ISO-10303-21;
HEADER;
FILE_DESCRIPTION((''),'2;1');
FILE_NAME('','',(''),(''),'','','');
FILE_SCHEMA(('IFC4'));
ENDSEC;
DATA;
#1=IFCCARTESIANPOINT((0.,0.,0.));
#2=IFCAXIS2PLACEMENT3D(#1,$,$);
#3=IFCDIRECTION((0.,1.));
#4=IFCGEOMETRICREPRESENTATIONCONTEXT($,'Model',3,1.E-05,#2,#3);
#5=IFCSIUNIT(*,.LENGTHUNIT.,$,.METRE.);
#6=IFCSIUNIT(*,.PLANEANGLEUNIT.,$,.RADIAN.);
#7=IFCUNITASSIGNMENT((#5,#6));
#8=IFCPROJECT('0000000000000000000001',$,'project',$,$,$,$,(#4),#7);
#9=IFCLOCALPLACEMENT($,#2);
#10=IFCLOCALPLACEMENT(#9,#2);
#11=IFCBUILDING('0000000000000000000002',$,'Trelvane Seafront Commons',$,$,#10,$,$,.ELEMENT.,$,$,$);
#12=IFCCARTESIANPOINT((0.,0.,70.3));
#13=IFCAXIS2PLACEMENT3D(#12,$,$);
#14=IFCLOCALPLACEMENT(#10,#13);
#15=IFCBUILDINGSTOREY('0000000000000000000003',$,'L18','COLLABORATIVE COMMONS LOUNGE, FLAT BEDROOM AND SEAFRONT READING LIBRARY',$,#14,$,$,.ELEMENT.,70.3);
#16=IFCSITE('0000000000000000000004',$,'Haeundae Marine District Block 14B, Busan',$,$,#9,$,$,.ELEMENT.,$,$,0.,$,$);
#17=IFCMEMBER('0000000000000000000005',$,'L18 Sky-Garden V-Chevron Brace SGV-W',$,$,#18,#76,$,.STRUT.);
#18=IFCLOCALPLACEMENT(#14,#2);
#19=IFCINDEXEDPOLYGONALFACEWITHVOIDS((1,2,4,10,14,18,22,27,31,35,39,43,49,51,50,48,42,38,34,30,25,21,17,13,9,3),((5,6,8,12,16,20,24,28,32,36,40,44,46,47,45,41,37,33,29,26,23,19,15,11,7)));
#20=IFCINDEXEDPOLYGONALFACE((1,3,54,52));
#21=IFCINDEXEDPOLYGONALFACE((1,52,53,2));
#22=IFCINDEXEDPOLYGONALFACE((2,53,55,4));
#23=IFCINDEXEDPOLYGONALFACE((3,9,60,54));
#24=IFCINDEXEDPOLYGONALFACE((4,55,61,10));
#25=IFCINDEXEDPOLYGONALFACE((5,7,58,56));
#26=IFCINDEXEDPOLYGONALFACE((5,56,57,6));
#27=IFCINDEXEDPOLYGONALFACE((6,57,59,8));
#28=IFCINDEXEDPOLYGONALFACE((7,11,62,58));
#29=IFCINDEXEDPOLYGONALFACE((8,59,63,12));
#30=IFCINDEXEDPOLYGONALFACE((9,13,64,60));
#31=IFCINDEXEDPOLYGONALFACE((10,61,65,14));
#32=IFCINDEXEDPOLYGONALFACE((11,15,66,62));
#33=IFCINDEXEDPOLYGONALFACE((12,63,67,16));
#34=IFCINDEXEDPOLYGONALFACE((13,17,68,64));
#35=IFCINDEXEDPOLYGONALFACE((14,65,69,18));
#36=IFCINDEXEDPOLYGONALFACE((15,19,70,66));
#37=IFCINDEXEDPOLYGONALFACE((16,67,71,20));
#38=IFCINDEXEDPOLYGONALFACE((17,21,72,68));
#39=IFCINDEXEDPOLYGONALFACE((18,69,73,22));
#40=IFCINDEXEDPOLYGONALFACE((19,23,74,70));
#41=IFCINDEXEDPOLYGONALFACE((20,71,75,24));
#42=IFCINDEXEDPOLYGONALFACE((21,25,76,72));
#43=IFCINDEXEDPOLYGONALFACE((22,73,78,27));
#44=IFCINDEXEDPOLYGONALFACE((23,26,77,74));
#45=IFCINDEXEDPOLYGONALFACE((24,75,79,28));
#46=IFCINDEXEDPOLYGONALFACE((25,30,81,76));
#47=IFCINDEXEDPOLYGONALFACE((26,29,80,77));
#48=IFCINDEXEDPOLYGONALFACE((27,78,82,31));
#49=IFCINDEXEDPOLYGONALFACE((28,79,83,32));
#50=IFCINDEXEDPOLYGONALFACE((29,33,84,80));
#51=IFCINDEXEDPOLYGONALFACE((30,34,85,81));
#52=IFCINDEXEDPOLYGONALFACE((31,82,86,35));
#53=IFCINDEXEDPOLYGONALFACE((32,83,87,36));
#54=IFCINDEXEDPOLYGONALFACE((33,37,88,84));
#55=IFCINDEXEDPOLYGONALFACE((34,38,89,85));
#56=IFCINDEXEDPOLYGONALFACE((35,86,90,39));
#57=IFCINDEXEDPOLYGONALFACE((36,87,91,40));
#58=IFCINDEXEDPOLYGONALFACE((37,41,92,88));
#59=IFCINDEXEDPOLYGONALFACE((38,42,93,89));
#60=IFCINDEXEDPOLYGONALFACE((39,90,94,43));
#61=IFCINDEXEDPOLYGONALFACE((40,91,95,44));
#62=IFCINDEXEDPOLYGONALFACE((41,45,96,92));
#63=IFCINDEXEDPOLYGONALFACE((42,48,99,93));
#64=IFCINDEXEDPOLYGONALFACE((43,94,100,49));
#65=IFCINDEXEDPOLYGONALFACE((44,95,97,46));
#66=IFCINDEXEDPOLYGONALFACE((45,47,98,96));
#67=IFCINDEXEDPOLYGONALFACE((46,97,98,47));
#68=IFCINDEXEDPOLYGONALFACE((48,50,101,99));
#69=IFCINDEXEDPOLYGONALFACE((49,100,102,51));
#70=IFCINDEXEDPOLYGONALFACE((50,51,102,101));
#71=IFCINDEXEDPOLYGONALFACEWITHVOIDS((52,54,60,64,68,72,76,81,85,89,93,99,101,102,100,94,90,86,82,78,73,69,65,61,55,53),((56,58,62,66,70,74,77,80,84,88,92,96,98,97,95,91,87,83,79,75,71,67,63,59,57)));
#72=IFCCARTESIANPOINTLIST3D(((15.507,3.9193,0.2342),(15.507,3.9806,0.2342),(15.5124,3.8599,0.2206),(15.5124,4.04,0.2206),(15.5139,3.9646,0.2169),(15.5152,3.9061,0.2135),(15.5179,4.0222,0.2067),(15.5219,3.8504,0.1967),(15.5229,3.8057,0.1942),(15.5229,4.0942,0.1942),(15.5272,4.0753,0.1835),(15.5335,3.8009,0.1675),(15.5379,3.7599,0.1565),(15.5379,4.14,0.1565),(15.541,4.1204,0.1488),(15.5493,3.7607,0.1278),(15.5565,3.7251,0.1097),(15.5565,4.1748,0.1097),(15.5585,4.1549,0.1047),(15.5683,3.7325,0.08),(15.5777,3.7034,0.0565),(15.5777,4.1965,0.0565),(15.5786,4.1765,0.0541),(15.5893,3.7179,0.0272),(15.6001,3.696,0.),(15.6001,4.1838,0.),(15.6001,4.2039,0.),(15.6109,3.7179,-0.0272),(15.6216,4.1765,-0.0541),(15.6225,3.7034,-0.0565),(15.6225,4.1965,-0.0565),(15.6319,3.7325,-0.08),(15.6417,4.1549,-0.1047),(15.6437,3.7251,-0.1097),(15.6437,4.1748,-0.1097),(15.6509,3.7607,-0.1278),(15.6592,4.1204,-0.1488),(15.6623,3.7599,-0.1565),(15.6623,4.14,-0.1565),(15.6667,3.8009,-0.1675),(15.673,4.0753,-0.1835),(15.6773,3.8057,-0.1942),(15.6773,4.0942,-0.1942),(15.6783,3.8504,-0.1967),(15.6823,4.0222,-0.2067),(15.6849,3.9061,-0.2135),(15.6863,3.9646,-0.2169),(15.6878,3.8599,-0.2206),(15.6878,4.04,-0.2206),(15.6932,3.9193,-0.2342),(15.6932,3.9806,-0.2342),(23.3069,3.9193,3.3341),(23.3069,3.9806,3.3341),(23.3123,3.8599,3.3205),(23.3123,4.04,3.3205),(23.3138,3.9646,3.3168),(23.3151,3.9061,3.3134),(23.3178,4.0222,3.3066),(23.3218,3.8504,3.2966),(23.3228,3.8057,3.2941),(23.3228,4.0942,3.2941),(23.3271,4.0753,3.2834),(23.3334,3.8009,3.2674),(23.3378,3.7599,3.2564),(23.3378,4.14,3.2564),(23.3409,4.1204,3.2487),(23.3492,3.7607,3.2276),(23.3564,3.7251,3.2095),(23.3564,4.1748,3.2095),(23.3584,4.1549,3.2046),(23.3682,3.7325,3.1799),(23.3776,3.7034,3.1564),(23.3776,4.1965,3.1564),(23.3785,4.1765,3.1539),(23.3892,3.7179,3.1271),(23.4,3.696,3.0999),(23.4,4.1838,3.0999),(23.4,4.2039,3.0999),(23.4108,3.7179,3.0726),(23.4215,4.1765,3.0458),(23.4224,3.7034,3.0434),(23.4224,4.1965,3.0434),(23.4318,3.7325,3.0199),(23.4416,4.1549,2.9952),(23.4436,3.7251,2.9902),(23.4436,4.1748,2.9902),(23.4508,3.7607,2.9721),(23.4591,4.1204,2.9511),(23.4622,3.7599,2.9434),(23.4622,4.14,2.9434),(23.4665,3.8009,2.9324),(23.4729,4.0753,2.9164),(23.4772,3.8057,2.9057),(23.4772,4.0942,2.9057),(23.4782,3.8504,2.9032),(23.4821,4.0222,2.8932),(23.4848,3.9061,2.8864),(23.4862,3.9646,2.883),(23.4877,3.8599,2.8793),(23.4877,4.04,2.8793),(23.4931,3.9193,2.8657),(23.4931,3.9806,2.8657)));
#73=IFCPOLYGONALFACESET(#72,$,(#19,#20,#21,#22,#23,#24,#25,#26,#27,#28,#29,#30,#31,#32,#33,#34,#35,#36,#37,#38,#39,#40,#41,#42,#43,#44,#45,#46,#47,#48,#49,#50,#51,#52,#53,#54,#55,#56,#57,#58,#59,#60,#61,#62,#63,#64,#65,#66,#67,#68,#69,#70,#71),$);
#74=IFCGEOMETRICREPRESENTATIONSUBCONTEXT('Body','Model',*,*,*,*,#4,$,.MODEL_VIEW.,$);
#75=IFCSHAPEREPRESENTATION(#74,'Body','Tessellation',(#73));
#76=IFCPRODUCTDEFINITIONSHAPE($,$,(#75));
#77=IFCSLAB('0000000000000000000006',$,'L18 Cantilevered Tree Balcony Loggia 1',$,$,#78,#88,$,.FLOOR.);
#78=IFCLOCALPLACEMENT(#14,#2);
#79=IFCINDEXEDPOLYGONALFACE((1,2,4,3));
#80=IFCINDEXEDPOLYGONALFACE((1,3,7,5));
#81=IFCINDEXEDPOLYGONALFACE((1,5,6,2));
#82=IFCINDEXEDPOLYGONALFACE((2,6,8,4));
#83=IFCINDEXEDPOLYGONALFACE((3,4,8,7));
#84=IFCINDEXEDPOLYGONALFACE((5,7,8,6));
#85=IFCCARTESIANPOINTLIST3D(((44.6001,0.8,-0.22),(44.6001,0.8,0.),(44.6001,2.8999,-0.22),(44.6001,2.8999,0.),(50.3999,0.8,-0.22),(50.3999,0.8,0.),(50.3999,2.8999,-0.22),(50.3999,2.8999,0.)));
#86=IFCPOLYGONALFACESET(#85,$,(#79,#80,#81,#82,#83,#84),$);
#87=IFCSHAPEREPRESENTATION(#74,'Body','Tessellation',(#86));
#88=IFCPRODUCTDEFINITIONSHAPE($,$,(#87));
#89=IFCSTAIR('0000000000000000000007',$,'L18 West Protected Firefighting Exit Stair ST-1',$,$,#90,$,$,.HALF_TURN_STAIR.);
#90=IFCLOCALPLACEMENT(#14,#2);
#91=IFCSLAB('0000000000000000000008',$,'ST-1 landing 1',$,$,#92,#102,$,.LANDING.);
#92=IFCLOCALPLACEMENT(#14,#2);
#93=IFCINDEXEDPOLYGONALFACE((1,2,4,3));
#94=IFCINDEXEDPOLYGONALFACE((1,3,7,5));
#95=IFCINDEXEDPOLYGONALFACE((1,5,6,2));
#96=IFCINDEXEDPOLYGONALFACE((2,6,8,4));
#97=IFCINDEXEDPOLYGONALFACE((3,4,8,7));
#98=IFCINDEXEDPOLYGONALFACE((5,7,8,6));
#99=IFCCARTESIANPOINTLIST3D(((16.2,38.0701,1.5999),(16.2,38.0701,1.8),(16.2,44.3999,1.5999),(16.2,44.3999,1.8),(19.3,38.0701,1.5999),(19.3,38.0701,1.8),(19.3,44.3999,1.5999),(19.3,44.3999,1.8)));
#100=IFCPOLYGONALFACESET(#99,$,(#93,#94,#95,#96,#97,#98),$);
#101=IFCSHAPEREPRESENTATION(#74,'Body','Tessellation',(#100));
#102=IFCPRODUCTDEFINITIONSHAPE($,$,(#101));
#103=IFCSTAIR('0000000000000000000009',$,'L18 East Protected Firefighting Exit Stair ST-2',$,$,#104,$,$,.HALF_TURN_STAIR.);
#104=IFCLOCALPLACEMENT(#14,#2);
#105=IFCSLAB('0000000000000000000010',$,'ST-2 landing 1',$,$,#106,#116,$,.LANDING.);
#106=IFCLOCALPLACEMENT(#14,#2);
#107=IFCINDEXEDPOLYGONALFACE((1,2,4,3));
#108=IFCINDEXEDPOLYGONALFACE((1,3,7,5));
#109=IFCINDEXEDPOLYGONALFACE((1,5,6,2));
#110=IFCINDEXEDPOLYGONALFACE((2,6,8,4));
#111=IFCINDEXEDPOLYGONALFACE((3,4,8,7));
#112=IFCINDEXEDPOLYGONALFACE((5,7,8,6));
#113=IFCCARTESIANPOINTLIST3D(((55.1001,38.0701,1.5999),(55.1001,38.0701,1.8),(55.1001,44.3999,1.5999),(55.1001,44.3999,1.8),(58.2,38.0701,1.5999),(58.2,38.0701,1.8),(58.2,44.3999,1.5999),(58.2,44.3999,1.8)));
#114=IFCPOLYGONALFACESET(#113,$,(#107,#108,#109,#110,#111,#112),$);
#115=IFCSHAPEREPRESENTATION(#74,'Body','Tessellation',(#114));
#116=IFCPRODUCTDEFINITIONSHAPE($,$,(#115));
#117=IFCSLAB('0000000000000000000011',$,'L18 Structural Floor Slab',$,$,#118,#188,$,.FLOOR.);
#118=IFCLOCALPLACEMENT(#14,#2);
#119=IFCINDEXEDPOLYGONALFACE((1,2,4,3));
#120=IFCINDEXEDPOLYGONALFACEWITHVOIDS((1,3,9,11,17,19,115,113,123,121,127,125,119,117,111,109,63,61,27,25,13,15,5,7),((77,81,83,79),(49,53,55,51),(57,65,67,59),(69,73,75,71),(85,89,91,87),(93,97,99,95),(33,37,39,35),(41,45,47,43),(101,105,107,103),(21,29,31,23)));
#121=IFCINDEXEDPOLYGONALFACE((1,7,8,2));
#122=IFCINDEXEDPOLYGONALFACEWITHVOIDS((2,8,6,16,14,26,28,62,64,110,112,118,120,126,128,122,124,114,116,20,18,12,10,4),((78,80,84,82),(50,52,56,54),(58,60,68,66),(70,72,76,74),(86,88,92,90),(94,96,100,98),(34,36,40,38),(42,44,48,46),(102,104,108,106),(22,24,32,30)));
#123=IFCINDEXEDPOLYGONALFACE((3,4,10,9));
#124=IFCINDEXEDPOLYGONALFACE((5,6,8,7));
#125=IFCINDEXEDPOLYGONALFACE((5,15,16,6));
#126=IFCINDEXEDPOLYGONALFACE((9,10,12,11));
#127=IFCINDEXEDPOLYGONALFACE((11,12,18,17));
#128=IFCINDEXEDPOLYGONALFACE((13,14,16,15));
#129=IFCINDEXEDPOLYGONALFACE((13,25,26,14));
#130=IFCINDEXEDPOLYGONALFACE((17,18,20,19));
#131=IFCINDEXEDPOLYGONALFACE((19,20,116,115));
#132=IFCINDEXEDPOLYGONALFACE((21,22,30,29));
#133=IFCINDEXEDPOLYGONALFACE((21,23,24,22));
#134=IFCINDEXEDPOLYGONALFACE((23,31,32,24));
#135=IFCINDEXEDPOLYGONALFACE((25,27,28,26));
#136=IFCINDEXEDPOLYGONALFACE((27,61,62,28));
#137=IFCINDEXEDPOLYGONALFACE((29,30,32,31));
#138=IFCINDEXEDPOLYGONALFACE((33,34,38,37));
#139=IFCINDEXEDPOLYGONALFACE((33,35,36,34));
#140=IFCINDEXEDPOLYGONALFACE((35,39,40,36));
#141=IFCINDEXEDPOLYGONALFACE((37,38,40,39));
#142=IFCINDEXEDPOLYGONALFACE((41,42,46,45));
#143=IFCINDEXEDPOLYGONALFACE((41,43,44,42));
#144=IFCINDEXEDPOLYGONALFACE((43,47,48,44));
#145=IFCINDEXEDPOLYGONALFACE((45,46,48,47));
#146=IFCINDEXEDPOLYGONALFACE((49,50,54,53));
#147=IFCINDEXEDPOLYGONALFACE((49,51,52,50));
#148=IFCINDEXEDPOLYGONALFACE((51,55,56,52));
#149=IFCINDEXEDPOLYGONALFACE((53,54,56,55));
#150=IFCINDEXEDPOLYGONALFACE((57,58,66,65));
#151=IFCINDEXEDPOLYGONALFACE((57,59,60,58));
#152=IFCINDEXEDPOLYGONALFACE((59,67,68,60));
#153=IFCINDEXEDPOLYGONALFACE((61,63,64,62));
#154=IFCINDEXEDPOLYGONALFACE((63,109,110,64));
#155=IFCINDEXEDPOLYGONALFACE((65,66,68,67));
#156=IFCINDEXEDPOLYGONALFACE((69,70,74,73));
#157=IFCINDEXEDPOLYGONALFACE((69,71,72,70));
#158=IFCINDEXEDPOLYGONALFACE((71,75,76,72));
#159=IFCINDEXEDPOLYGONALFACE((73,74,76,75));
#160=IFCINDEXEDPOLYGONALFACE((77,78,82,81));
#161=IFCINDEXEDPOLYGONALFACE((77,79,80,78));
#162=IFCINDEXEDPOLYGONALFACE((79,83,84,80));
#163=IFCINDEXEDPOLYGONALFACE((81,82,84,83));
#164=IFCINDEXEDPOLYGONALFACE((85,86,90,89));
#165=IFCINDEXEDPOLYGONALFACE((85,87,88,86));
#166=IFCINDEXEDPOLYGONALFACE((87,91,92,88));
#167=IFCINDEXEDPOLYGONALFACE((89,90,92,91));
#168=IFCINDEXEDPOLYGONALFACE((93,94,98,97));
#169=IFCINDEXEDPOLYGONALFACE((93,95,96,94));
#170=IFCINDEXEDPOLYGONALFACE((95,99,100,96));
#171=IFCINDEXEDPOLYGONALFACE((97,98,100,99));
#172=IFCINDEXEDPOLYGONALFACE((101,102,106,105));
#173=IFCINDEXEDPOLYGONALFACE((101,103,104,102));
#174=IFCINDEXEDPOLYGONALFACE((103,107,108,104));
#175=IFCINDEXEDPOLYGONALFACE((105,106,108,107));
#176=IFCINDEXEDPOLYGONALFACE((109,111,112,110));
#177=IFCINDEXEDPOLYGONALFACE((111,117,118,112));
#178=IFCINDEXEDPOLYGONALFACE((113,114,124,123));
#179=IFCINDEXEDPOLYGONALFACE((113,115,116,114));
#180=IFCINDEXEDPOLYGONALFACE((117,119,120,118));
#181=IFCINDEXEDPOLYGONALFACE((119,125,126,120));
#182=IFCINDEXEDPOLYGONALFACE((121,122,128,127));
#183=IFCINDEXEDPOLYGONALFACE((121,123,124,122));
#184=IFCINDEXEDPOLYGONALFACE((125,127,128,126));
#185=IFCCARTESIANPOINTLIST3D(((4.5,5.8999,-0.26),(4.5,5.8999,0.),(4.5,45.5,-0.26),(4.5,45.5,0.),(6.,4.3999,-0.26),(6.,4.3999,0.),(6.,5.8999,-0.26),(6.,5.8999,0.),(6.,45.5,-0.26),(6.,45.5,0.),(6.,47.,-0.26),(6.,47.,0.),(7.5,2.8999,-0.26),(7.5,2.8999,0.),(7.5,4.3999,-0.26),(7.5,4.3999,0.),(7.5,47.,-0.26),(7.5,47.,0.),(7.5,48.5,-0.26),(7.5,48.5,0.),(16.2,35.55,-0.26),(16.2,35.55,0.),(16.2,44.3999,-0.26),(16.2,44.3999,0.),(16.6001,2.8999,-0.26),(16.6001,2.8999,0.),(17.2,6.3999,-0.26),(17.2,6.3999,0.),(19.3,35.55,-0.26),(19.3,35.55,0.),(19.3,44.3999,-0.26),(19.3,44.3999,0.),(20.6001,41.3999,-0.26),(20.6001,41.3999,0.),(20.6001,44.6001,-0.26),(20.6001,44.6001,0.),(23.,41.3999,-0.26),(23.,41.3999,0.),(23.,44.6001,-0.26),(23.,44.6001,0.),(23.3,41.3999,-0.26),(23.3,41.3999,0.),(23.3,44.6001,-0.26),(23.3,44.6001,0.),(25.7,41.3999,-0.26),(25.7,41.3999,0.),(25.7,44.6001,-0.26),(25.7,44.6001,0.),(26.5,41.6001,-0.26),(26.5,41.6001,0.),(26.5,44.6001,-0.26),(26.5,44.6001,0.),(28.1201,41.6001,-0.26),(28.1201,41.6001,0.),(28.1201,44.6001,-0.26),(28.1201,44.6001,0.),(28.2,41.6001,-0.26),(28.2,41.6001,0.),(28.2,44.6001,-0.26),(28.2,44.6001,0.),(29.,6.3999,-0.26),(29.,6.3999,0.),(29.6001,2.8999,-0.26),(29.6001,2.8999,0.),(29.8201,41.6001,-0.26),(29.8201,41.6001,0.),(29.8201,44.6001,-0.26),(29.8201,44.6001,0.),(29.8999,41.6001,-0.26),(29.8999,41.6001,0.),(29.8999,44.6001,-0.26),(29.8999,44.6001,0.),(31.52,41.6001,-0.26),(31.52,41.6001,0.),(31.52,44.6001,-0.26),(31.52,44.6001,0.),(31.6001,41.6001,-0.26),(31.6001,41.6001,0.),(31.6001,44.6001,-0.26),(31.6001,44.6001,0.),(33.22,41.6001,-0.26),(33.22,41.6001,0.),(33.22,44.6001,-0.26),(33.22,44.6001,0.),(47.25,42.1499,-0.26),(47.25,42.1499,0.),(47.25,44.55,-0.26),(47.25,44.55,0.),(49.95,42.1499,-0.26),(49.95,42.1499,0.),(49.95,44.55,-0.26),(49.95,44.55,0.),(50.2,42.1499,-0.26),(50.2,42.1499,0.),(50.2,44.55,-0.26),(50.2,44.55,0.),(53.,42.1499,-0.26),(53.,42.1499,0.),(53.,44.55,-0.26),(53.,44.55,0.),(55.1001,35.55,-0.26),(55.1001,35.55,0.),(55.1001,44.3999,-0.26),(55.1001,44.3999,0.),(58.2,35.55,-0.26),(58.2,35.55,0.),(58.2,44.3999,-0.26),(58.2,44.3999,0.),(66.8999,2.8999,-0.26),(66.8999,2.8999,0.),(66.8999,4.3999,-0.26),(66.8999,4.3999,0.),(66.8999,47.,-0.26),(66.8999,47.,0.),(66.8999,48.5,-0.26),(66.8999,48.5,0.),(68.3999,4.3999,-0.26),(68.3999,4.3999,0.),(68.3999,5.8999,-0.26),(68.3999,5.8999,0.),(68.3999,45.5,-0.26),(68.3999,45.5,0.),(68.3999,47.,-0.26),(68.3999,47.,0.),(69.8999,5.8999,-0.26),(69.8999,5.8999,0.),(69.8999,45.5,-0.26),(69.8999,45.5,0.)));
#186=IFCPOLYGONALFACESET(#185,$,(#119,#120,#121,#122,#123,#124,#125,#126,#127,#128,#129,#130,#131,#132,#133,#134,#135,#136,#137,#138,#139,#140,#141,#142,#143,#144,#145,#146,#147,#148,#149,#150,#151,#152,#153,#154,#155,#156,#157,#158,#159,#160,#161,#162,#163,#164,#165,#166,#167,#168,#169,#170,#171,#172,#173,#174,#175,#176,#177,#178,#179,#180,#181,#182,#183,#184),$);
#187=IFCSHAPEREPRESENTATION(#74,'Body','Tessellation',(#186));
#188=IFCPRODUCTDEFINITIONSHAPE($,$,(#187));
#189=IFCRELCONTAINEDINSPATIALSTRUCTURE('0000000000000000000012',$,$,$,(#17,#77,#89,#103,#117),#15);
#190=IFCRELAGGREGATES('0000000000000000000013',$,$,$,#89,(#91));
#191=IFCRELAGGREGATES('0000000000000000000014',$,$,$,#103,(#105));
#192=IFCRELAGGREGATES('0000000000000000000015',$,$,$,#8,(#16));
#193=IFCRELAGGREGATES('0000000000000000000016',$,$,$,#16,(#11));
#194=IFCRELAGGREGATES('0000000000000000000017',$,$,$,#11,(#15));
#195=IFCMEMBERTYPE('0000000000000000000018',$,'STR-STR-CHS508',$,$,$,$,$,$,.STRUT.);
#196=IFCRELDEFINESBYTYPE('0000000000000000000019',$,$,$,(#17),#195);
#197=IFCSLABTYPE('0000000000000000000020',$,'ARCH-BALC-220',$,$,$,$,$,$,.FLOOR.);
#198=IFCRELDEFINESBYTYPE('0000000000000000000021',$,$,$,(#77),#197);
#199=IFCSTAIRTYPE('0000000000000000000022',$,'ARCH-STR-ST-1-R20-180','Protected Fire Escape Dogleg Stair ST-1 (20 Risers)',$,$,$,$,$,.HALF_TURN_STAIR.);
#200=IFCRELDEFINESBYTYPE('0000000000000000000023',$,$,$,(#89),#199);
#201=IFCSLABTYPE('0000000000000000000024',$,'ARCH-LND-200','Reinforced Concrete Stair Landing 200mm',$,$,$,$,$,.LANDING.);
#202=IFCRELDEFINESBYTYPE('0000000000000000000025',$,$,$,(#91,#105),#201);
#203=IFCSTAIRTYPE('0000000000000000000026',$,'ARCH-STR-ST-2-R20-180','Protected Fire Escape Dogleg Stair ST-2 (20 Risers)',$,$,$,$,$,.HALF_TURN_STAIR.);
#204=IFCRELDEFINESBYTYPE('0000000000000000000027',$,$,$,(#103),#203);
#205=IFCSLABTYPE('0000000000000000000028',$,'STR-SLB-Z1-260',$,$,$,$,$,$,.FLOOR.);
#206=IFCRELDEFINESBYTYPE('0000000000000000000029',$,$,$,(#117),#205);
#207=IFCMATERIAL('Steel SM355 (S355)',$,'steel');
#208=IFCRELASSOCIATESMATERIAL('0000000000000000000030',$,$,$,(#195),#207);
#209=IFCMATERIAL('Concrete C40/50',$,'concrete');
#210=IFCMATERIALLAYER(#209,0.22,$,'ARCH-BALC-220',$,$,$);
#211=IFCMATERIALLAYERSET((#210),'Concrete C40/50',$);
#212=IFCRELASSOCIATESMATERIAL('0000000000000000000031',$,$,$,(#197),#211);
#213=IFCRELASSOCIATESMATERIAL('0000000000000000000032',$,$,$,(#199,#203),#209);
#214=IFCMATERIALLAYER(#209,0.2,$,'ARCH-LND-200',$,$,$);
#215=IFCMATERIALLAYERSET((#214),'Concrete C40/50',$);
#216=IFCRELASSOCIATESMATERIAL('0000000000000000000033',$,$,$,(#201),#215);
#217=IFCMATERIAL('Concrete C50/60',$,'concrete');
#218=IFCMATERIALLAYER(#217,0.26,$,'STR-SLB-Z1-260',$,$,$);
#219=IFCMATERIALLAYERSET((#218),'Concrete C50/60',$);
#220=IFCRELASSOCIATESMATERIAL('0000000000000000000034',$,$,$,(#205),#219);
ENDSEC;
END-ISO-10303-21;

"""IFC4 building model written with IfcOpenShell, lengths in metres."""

from ifc_helpers import new_model, si_unit, direction, frame, origin, origin_2d, place, context, subcontext, project, spatial, polyline, hollow_circle, outline, extrude, source, transform, mapped, material, layer, layer_set, material_profile, profile_set, type_object, element, aggregate, save


model = new_model("IFC4")

# Units and contexts
model_context = context("Model", 3, precision=1e-05, world=origin(), true_north=direction((0.0, 1.0)))
body_context = subcontext(model_context, "Body", "Model", "MODEL_VIEW")
ifc_project = project(units=[si_unit("LENGTHUNIT", "METRE"), si_unit("PLANEANGLEUNIT", "RADIAN")], contexts=[model_context])

# Site, building, storey
site_placement = place(None, origin())
site = spatial("IfcSite", under=ifc_project, at=site_placement, Name="Haeundae Marine District Block 14B, Busan", CompositionType="ELEMENT", RefElevation=0.0)
building_placement = place(site_placement, origin())
building = spatial("IfcBuilding", under=site, at=building_placement, Name="Trelvane Seafront Commons", CompositionType="ELEMENT")
storey_placement = place(building_placement, frame((0.0, 0.0, 70.3)))
storey = spatial("IfcBuildingStorey", under=building, at=storey_placement, Name="L18", Description="COLLABORATIVE COMMONS LOUNGE, FLAT BEDROOM AND SEAFRONT READING LIBRARY", CompositionType="ELEMENT", Elevation=70.3)

# Shared definitions
ifc_material_1 = material(Name="Steel SM355 (S355)", Category="steel")

# Member
ifc_material_profile_1 = material_profile(ifc_material_1, hollow_circle(Radius=0.2539, WallThickness=0.02, at=origin_2d()), Name="CHS-508x20")
ifc_profile_set_1 = profile_set([ifc_material_profile_1], Name="Steel SM355 (S355)")
member_type = type_object("IfcMemberType", Name="STR-STR-CHS508", PredefinedType="STRUT", material=ifc_profile_set_1)
shared_shape_1 = source(origin(), body_context, "Body", "SweptSolid", [
    extrude(hollow_circle(Radius=0.2539, WallThickness=0.02, at=origin_2d()), origin(), (0.0, 0.0, 1.0), 8.3933),
])
member_placement = place(storey_placement, frame((15.6001, 3.95, 0.0), z_axis=(0.929299, 0.0, 0.369329), x_axis=(0.0, 1.0, 0.0)))
element("IfcMember", 1, at=member_placement, inside=storey, type_object=member_type, Name="L18 Sky-Garden V-Chevron Brace SGV-W", PredefinedType="STRUT", context=body_context, shape_type="MappedRepresentation", body=[
    mapped(shared_shape_1, transform((0.0, 0.0, 0.0), x_axis=(1.0, 0.0, 0.0), y_axis=(0.0, 1.0, 0.0), z_axis=(0.0, 0.0, 1.0), scale=1.0)),
])

# Slab
ifc_material_2 = material(Name="Concrete C40/50", Category="concrete")
ifc_layer_1 = layer(ifc_material_2, 0.22, Name="ARCH-BALC-220")
ifc_layer_set_1 = layer_set([ifc_layer_1], Name="Concrete C40/50")
slab_type_1 = type_object("IfcSlabType", Name="ARCH-BALC-220", PredefinedType="FLOOR", material=ifc_layer_set_1)
slab_1_placement = place(storey_placement, frame((0.0, 0.0, -0.22)))
element("IfcSlab", 2, at=slab_1_placement, inside=storey, type_object=slab_type_1, Name="L18 Cantilevered Tree Balcony Loggia 1", PredefinedType="FLOOR", context=body_context, shape_type="SweptSolid", body=[
    extrude(outline(polyline([(44.6001, 0.8), (50.3999, 0.8), (50.3999, 2.8999), (44.6001, 2.8999), (44.6001, 0.8)])), origin(), (0.0, 0.0, 1.0), 0.22),
])

# Stairs, slabs
stair_type_1 = type_object("IfcStairType", Name="ARCH-STR-ST-1-R20-180", Description="Protected Fire Escape Dogleg Stair ST-1 (20 Risers)", PredefinedType="HALF_TURN_STAIR", material=ifc_material_2)
stair_1_placement = place(storey_placement, origin())
stair_1 = element("IfcStair", 3, at=stair_1_placement, inside=storey, type_object=stair_type_1, Name="L18 West Protected Firefighting Exit Stair ST-1", PredefinedType="HALF_TURN_STAIR")
ifc_layer_2 = layer(ifc_material_2, 0.2, Name="ARCH-LND-200")
ifc_layer_set_2 = layer_set([ifc_layer_2], Name="Concrete C40/50")
slab_type_2 = type_object("IfcSlabType", Name="ARCH-LND-200", Description="Reinforced Concrete Stair Landing 200mm", PredefinedType="LANDING", material=ifc_layer_set_2)
slab_2_placement = place(storey_placement, frame((0.0, 0.0, 1.5999)))
slab_2 = element("IfcSlab", 4, at=slab_2_placement, type_object=slab_type_2, Name="ST-1 landing 1", PredefinedType="LANDING", context=body_context, shape_type="SweptSolid", body=[
    extrude(outline(polyline([(19.3, 38.0701), (19.3, 44.3999), (16.2, 44.3999), (16.2, 38.0701), (19.3, 38.0701)])), origin(), (0.0, 0.0, 1.0), 0.2002),
])
aggregate(stair_1, [slab_2])
stair_type_2 = type_object("IfcStairType", Name="ARCH-STR-ST-2-R20-180", Description="Protected Fire Escape Dogleg Stair ST-2 (20 Risers)", PredefinedType="HALF_TURN_STAIR", material=ifc_material_2)
stair_2_placement = place(storey_placement, origin())
stair_2 = element("IfcStair", 5, at=stair_2_placement, inside=storey, type_object=stair_type_2, Name="L18 East Protected Firefighting Exit Stair ST-2", PredefinedType="HALF_TURN_STAIR")
slab_3_placement = place(storey_placement, frame((0.0, 0.0, 1.5999)))
slab_3 = element("IfcSlab", 6, at=slab_3_placement, type_object=slab_type_2, Name="ST-2 landing 1", PredefinedType="LANDING", context=body_context, shape_type="SweptSolid", body=[
    extrude(outline(polyline([(58.2, 38.0701), (58.2, 44.3999), (55.1001, 44.3999), (55.1001, 38.0701), (58.2, 38.0701)])), origin(), (0.0, 0.0, 1.0), 0.2002),
])
aggregate(stair_2, [slab_3])

# Slab
ifc_material_3 = material(Name="Concrete C50/60", Category="concrete")
ifc_layer_3 = layer(ifc_material_3, 0.26, Name="STR-SLB-Z1-260")
ifc_layer_set_3 = layer_set([ifc_layer_3], Name="Concrete C50/60")
slab_type_3 = type_object("IfcSlabType", Name="STR-SLB-Z1-260", PredefinedType="FLOOR", material=ifc_layer_set_3)
slab_4_placement = place(storey_placement, frame((0.0, 0.0, -0.26)))
element("IfcSlab", 7, at=slab_4_placement, inside=storey, type_object=slab_type_3, Name="L18 Structural Floor Slab", PredefinedType="FLOOR", context=body_context, shape_type="SweptSolid", body=[
    extrude(outline(polyline([(7.5, 2.8999), (16.6001, 2.8999), (17.2, 6.3999), (29.0, 6.3999), (29.6001, 2.8999), (66.8999, 2.8999), (66.8999, 4.3999), (68.3999, 4.3999), (68.3999, 5.8999), (69.8999, 5.8999), (69.8999, 45.5), (68.3999, 45.5), (68.3999, 47.0), (66.8999, 47.0), (66.8999, 48.5), (7.5, 48.5), (7.5, 47.0), (6.0, 47.0), (6.0, 45.5), (4.5, 45.5), (4.5, 5.8999), (6.0, 5.8999), (6.0, 4.3999), (7.5, 4.3999), (7.5, 2.8999)]), holes=[polyline([(19.3, 35.55), (16.2, 35.55), (16.2, 44.3999), (19.3, 44.3999), (19.3, 35.55)]), polyline([(58.2, 35.55), (55.1001, 35.55), (55.1001, 44.3999), (58.2, 44.3999), (58.2, 35.55)]), polyline([(23.0, 41.3999), (20.6001, 41.3999), (20.6001, 44.6001), (23.0, 44.6001), (23.0, 41.3999)]), polyline([(23.3, 41.3999), (23.3, 44.6001), (25.7, 44.6001), (25.7, 41.3999), (23.3, 41.3999)]), polyline([(26.5, 41.6001), (26.5, 44.6001), (28.1201, 44.6001), (28.1201, 41.6001), (26.5, 41.6001)]), polyline([(29.8201, 41.6001), (28.2, 41.6001), (28.2, 44.6001), (29.8201, 44.6001), (29.8201, 41.6001)]), polyline([(31.52, 41.6001), (29.8999, 41.6001), (29.8999, 44.6001), (31.52, 44.6001), (31.52, 41.6001)]), polyline([(33.22, 41.6001), (31.6001, 41.6001), (31.6001, 44.6001), (33.22, 44.6001), (33.22, 41.6001)]), polyline([(47.25, 42.1499), (47.25, 44.55), (49.95, 44.55), (49.95, 42.1499), (47.25, 42.1499)]), polyline([(50.2, 42.1499), (50.2, 44.55), (53.0, 44.55), (53.0, 42.1499), (50.2, 42.1499)])]), origin(), (0.0, 0.0, 1.0), 0.26),
])

save(model, "model.ifc")
